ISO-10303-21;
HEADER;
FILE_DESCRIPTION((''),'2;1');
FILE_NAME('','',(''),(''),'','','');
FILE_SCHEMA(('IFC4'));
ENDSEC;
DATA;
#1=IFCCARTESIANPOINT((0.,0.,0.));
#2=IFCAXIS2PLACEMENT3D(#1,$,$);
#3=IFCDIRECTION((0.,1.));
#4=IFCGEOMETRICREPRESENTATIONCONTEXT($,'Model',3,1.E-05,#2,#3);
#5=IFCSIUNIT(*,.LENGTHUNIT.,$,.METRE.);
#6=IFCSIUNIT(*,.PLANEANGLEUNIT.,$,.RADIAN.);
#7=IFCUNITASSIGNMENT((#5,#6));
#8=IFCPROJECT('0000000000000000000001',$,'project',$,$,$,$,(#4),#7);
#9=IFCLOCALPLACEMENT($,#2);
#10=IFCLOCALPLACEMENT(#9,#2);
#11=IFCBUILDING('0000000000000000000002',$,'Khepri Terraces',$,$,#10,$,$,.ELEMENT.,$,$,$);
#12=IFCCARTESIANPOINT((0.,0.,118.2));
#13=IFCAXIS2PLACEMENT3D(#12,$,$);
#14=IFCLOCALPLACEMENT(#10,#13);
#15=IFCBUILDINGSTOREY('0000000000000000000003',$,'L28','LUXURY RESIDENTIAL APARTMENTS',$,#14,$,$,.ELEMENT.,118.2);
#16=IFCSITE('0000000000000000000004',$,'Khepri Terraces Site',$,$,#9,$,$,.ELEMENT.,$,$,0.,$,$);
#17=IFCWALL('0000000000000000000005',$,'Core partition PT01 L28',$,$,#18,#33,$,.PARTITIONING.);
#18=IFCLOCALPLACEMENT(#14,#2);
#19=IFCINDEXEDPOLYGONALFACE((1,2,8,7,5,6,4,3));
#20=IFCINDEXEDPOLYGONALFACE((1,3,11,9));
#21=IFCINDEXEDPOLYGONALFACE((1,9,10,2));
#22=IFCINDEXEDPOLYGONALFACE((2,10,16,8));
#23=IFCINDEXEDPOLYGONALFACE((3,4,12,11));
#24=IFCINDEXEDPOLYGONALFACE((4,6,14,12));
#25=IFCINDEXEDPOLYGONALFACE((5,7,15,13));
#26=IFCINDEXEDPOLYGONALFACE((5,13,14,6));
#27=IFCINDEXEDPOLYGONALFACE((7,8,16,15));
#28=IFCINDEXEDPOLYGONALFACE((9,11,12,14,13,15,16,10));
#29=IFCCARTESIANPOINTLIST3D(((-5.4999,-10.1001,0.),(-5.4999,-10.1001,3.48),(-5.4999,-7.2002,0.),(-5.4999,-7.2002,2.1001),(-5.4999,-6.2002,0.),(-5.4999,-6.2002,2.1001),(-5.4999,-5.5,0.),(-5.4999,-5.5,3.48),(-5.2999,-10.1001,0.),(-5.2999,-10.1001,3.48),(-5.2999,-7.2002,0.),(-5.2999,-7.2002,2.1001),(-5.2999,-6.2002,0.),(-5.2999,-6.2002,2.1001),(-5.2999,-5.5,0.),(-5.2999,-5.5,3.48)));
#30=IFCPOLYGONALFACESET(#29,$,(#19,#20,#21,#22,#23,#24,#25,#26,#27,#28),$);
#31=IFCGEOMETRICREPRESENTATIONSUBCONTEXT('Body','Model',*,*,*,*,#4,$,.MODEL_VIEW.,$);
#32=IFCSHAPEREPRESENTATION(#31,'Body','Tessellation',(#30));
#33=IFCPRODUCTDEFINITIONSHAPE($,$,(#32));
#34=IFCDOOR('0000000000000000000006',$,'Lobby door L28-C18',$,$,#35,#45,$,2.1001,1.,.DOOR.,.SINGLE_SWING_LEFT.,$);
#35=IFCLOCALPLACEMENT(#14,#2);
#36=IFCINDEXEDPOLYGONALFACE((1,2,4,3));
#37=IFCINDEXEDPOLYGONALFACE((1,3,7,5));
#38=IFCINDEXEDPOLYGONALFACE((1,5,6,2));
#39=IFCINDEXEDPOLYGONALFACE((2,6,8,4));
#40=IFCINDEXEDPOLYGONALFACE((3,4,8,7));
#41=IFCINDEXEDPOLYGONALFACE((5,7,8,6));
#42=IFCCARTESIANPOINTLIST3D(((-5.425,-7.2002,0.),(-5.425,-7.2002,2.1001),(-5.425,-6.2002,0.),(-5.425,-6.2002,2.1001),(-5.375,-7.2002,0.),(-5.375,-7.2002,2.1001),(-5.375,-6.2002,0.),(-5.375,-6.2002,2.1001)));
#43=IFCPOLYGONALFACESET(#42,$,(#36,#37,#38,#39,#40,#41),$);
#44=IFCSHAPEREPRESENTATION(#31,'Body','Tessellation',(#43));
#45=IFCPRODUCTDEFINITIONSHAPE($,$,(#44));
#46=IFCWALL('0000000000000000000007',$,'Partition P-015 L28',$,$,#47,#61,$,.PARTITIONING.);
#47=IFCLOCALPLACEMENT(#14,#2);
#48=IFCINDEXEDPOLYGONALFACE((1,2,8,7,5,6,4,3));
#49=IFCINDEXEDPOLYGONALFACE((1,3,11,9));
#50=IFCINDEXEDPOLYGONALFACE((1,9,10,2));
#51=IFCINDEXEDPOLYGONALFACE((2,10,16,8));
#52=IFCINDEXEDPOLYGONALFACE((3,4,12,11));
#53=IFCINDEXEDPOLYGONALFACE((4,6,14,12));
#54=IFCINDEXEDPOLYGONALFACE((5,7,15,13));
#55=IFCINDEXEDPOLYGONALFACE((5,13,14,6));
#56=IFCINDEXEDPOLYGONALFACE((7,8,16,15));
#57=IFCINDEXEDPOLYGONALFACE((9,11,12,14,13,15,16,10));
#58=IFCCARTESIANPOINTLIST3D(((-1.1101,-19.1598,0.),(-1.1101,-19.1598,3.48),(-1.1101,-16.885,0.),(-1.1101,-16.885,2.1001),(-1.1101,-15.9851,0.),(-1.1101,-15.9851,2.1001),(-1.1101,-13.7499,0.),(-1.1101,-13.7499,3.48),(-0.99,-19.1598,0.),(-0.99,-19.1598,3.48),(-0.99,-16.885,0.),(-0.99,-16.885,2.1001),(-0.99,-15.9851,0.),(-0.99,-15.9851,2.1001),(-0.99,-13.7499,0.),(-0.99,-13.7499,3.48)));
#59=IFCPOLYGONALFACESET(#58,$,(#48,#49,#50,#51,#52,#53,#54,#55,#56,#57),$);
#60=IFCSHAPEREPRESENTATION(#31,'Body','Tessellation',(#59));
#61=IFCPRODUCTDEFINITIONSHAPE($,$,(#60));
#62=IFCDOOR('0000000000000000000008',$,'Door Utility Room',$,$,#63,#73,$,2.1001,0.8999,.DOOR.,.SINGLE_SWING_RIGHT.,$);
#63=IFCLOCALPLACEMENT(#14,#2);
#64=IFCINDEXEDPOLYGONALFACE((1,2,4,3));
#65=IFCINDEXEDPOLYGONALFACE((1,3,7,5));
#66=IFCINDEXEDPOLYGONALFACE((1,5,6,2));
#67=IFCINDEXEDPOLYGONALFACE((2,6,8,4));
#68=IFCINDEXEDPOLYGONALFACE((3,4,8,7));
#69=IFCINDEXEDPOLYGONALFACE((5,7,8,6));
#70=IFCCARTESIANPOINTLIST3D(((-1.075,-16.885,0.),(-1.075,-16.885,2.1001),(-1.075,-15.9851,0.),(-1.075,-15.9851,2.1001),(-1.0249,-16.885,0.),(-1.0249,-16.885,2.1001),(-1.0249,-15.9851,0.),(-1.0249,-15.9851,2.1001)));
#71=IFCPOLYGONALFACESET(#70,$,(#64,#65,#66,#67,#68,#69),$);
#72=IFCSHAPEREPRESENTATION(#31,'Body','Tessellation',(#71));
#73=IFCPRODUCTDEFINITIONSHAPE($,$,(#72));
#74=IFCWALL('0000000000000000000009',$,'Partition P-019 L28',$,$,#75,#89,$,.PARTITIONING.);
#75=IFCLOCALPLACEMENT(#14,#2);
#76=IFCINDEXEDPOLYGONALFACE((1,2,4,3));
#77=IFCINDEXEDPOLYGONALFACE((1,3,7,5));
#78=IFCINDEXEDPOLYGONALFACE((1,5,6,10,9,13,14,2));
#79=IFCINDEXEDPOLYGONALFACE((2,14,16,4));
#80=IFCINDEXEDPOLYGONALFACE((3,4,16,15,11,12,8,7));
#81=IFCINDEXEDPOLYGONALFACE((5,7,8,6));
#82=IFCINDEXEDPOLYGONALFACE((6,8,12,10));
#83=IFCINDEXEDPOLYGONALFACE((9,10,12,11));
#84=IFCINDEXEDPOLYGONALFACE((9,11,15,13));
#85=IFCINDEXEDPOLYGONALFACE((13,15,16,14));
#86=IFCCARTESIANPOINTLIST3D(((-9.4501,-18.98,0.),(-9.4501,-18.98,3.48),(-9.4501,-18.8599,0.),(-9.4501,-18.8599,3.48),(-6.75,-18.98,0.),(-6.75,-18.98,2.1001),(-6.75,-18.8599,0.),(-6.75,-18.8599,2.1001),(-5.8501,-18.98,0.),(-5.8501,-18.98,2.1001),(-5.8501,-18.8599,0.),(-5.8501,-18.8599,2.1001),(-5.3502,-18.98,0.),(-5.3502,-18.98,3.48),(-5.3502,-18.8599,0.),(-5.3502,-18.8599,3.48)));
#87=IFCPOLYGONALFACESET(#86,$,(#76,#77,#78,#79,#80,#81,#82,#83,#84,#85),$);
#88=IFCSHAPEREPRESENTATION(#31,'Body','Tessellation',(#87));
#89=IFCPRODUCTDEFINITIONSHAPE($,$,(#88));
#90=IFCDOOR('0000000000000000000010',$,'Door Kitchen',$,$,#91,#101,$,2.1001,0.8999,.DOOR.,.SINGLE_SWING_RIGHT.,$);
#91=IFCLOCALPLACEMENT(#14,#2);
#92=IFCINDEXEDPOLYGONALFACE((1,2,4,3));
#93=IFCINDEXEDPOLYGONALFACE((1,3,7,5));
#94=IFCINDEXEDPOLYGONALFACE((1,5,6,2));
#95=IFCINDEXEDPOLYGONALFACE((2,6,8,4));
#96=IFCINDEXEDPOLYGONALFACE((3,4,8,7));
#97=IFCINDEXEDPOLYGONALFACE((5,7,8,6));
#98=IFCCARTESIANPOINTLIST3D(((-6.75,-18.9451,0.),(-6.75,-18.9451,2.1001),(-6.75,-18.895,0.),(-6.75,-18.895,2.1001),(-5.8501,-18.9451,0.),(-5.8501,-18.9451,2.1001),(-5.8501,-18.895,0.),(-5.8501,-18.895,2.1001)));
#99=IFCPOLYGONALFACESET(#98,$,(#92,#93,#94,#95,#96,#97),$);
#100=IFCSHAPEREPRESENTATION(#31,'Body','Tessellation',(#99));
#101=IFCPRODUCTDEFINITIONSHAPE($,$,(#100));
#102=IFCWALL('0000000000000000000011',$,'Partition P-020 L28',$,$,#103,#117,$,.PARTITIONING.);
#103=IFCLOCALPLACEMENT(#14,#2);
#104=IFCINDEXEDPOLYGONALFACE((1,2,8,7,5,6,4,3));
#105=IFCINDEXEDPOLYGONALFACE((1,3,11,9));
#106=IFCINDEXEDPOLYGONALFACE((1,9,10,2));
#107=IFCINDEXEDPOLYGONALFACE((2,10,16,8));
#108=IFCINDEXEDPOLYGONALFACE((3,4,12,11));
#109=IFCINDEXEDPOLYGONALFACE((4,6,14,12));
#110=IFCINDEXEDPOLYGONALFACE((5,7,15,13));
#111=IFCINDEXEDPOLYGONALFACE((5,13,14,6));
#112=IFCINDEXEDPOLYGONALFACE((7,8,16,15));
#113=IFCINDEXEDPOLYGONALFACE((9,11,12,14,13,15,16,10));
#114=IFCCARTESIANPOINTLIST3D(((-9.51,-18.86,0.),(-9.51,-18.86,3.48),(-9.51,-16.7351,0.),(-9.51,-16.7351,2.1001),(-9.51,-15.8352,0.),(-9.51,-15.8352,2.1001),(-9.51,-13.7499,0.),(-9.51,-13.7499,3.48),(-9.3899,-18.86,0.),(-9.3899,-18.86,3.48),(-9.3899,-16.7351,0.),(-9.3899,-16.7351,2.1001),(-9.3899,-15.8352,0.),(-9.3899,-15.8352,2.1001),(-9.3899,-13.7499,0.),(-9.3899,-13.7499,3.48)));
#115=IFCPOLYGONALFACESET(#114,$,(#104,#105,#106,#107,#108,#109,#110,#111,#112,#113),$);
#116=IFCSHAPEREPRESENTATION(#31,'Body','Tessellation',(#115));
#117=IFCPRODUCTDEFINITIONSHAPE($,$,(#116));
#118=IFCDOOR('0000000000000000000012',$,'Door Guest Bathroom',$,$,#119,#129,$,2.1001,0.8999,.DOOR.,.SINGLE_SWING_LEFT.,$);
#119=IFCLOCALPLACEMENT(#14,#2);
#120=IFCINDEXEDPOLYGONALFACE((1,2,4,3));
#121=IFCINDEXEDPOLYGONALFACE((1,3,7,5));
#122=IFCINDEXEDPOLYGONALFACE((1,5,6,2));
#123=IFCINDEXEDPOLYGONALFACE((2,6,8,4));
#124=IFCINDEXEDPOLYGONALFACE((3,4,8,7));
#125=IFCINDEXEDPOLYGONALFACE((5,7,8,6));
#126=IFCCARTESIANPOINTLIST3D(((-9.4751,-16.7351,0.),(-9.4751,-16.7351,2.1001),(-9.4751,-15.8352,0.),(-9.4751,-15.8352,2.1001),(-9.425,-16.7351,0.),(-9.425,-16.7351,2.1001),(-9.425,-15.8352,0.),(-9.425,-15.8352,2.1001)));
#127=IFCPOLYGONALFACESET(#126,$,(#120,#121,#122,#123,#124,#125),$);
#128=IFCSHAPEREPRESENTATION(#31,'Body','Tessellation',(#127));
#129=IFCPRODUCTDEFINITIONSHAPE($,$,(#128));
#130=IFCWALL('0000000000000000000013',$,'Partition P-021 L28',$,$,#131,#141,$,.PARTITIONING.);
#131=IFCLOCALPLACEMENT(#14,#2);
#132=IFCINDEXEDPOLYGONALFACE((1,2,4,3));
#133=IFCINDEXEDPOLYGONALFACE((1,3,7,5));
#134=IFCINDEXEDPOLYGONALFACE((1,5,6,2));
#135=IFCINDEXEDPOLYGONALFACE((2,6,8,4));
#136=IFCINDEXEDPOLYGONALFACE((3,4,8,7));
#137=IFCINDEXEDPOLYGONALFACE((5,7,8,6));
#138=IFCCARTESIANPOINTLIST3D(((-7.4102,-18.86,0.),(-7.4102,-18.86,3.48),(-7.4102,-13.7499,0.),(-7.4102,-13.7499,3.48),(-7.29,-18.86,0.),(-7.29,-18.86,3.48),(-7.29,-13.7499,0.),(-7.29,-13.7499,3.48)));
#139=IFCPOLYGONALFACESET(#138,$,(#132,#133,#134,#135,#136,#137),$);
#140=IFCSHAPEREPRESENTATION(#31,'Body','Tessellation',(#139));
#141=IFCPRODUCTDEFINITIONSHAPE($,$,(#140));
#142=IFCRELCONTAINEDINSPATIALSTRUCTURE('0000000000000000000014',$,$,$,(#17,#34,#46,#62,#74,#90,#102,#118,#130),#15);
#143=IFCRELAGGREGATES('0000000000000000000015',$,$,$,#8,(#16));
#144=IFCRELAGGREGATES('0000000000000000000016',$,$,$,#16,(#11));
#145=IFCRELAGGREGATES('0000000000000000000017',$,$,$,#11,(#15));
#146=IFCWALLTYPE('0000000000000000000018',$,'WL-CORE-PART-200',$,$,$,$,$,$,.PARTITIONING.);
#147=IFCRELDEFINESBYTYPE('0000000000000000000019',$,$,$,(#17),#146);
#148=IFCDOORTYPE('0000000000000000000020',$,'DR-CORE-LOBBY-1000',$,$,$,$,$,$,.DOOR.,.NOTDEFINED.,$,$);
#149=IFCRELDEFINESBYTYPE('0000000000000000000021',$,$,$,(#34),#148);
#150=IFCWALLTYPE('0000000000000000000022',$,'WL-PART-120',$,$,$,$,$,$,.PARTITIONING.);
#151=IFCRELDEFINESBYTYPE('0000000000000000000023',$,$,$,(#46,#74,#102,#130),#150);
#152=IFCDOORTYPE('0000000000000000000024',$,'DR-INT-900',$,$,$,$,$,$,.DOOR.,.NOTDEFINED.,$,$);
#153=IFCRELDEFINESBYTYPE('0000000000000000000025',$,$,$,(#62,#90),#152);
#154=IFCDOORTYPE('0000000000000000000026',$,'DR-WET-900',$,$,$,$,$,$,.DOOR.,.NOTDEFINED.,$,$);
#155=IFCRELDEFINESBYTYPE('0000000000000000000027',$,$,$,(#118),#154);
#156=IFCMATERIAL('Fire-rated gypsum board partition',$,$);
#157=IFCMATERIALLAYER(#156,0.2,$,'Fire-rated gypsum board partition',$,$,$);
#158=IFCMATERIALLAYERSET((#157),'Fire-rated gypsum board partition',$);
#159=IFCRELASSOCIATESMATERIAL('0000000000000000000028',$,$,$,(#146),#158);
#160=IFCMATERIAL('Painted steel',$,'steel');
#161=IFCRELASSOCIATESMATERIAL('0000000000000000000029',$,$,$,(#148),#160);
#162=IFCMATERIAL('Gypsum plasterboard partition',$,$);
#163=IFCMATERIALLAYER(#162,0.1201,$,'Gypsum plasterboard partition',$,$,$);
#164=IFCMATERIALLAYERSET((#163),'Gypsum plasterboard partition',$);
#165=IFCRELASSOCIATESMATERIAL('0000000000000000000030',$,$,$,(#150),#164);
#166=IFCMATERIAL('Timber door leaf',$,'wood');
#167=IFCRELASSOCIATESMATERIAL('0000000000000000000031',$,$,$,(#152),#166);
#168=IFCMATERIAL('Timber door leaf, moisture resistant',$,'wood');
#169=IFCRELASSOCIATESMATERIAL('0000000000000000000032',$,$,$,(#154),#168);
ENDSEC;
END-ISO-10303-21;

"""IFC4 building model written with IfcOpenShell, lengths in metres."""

from ifc_helpers import new_model, si_unit, direction, frame, frame_2d, origin, place, context, subcontext, project, spatial, rectangle, extrude, material, layer, layer_set, type_object, element, fill, save


model = new_model("IFC4")

# Units and contexts
model_context = context("Model", 3, precision=1e-05, world=origin(), true_north=direction((0.0, 1.0)))
body_context = subcontext(model_context, "Body", "Model", "MODEL_VIEW")
ifc_project = project(units=[si_unit("LENGTHUNIT", "METRE"), si_unit("PLANEANGLEUNIT", "RADIAN")], contexts=[model_context])

# Site, building, storey
site_placement = place(None, origin())
site = spatial("IfcSite", under=ifc_project, at=site_placement, Name="Khepri Terraces Site", CompositionType="ELEMENT", RefElevation=0.0)
building_placement = place(site_placement, origin())
building = spatial("IfcBuilding", under=site, at=building_placement, Name="Khepri Terraces", CompositionType="ELEMENT")
storey_placement = place(building_placement, frame((0.0, 0.0, 118.2)))
storey = spatial("IfcBuildingStorey", under=building, at=storey_placement, Name="L28", Description="LUXURY RESIDENTIAL APARTMENTS", CompositionType="ELEMENT", Elevation=118.2)

# Walls, openings, doors
ifc_material_1 = material(Name="Fire-rated gypsum board partition")
ifc_layer_1 = layer(ifc_material_1, 0.2, Name="Fire-rated gypsum board partition")
ifc_layer_set_1 = layer_set([ifc_layer_1], Name="Fire-rated gypsum board partition")
wall_type_1 = type_object("IfcWallType", Name="WL-CORE-PART-200", PredefinedType="PARTITIONING", material=ifc_layer_set_1)
wall_1_placement = place(storey_placement, frame((-5.3999, -10.1001, 0.0), z_axis=(0.0, 0.0, 1.0), x_axis=(0.0, 1.0, 0.0)))
wall_1 = element("IfcWall", 1, at=wall_1_placement, inside=storey, type_object=wall_type_1, Name="Core partition PT01 L28", PredefinedType="PARTITIONING", context=body_context, shape_type="SweptSolid", body=[
    extrude(rectangle(XDim=4.6001, YDim=0.2, at=frame_2d((2.3, 0.0))), origin(), (0.0, 0.0, 1.0), 3.48),
])
opening_1_placement = place(wall_1_placement, frame((2.8999, 0.0, 0.0)))
opening_1 = element("IfcOpeningElement", 2, at=opening_1_placement, cuts=wall_1, PredefinedType="OPENING", context=body_context, shape_type="SweptSolid", body=[
    extrude(rectangle(XDim=1.0, YDim=2.1001, at=frame_2d((0.5, 1.05))), frame((0.0, 0.1099, 0.0), z_axis=(0.0, -1.0, 0.0), x_axis=(1.0, 0.0, 0.0)), (0.0, 0.0, 1.0), 0.22),
])
ifc_material_2 = material(Name="Painted steel", Category="steel")
door_type_1 = type_object("IfcDoorType", Name="DR-CORE-LOBBY-1000", OperationType="NOTDEFINED", PredefinedType="DOOR", material=ifc_material_2)
door_1_placement = place(opening_1_placement, frame((1.0, 0.0, 0.0), z_axis=(0.0, 0.0, 1.0), x_axis=(-1.0, 0.0, 0.0)))
door_1 = element("IfcDoor", 3, at=door_1_placement, inside=storey, type_object=door_type_1, Name="Lobby door L28-C18", OperationType="SINGLE_SWING_LEFT", OverallHeight=2.1001, OverallWidth=1.0, PredefinedType="DOOR", context=body_context, shape_type="SweptSolid", body=[
    extrude(rectangle(XDim=1.0, YDim=2.1001, at=frame_2d((0.5, 1.05))), frame((0.0, 0.0249, 0.0), z_axis=(0.0, -1.0, 0.0), x_axis=(1.0, 0.0, 0.0)), (0.0, 0.0, 1.0), 0.05),
])
fill(opening_1, door_1)
ifc_material_3 = material(Name="Gypsum plasterboard partition")
ifc_layer_2 = layer(ifc_material_3, 0.1201, Name="Gypsum plasterboard partition")
ifc_layer_set_2 = layer_set([ifc_layer_2], Name="Gypsum plasterboard partition")
wall_type_2 = type_object("IfcWallType", Name="WL-PART-120", PredefinedType="PARTITIONING", material=ifc_layer_set_2)
wall_2_placement = place(storey_placement, frame((-1.05, -19.1599, 0.0), z_axis=(0.0, 0.0, 1.0), x_axis=(0.0, 1.0, 0.0)))
wall_2 = element("IfcWall", 4, at=wall_2_placement, inside=storey, type_object=wall_type_2, Name="Partition P-015 L28", PredefinedType="PARTITIONING", context=body_context, shape_type="SweptSolid", body=[
    extrude(rectangle(XDim=5.4099, YDim=0.1201, at=frame_2d((2.7051, 0.0))), origin(), (0.0, 0.0, 1.0), 3.48),
])
opening_2_placement = place(wall_2_placement, frame((2.2749, 0.0, 0.0)))
opening_2 = element("IfcOpeningElement", 5, at=opening_2_placement, cuts=wall_2, PredefinedType="OPENING", context=body_context, shape_type="SweptSolid", body=[
    extrude(rectangle(XDim=0.8999, YDim=2.1001, at=frame_2d((0.45, 1.05))), frame((0.0, 0.0701, 0.0), z_axis=(0.0, -1.0, 0.0), x_axis=(1.0, 0.0, 0.0)), (0.0, 0.0, 1.0), 0.1401),
])
ifc_material_4 = material(Name="Timber door leaf", Category="wood")
door_type_2 = type_object("IfcDoorType", Name="DR-INT-900", OperationType="NOTDEFINED", PredefinedType="DOOR", material=ifc_material_4)
door_2_placement = place(opening_2_placement, origin())
door_2 = element("IfcDoor", 6, at=door_2_placement, inside=storey, type_object=door_type_2, Name="Door Utility Room", OperationType="SINGLE_SWING_RIGHT", OverallHeight=2.1001, OverallWidth=0.8999, PredefinedType="DOOR", context=body_context, shape_type="SweptSolid", body=[
    extrude(rectangle(XDim=0.8999, YDim=2.1001, at=frame_2d((0.45, 1.05))), frame((0.0, 0.0249, 0.0), z_axis=(0.0, -1.0, 0.0), x_axis=(1.0, 0.0, 0.0)), (0.0, 0.0, 1.0), 0.05),
])
fill(opening_2, door_2)
wall_3_placement = place(storey_placement, frame((-9.45, -18.9199, 0.0), z_axis=(0.0, 0.0, 1.0), x_axis=(1.0, 0.0, 0.0)))
wall_3 = element("IfcWall", 7, at=wall_3_placement, inside=storey, type_object=wall_type_2, Name="Partition P-019 L28", PredefinedType="PARTITIONING", context=body_context, shape_type="SweptSolid", body=[
    extrude(rectangle(XDim=4.0999, YDim=0.1201, at=frame_2d((2.0498, 0.0))), origin(), (0.0, 0.0, 1.0), 3.48),
])
opening_3_placement = place(wall_3_placement, frame((2.7, 0.0, 0.0)))
opening_3 = element("IfcOpeningElement", 8, at=opening_3_placement, cuts=wall_3, PredefinedType="OPENING", context=body_context, shape_type="SweptSolid", body=[
    extrude(rectangle(XDim=0.8999, YDim=2.1001, at=frame_2d((0.45, 1.05))), frame((0.0, 0.0701, 0.0), z_axis=(0.0, -1.0, 0.0), x_axis=(1.0, 0.0, 0.0)), (0.0, 0.0, 1.0), 0.1401),
])
door_3_placement = place(opening_3_placement, origin())
door_3 = element("IfcDoor", 9, at=door_3_placement, inside=storey, type_object=door_type_2, Name="Door Kitchen", OperationType="SINGLE_SWING_RIGHT", OverallHeight=2.1001, OverallWidth=0.8999, PredefinedType="DOOR", context=body_context, shape_type="SweptSolid", body=[
    extrude(rectangle(XDim=0.8999, YDim=2.1001, at=frame_2d((0.45, 1.05))), frame((0.0, 0.0249, 0.0), z_axis=(0.0, -1.0, 0.0), x_axis=(1.0, 0.0, 0.0)), (0.0, 0.0, 1.0), 0.05),
])
fill(opening_3, door_3)
wall_4_placement = place(storey_placement, frame((-9.45, -18.8601, 0.0), z_axis=(0.0, 0.0, 1.0), x_axis=(0.0, 1.0, 0.0)))
wall_4 = element("IfcWall", 10, at=wall_4_placement, inside=storey, type_object=wall_type_2, Name="Partition P-020 L28", PredefinedType="PARTITIONING", context=body_context, shape_type="SweptSolid", body=[
    extrude(rectangle(XDim=5.1101, YDim=0.1201, at=frame_2d((2.5552, 0.0))), origin(), (0.0, 0.0, 1.0), 3.48),
])
opening_4_placement = place(wall_4_placement, frame((2.125, 0.0, 0.0)))
opening_4 = element("IfcOpeningElement", 11, at=opening_4_placement, cuts=wall_4, PredefinedType="OPENING", context=body_context, shape_type="SweptSolid", body=[
    extrude(rectangle(XDim=0.8999, YDim=2.1001, at=frame_2d((0.45, 1.05))), frame((0.0, 0.0701, 0.0), z_axis=(0.0, -1.0, 0.0), x_axis=(1.0, 0.0, 0.0)), (0.0, 0.0, 1.0), 0.1401),
])
ifc_material_5 = material(Name="Timber door leaf, moisture resistant", Category="wood")
door_type_3 = type_object("IfcDoorType", Name="DR-WET-900", OperationType="NOTDEFINED", PredefinedType="DOOR", material=ifc_material_5)
door_4_placement = place(opening_4_placement, frame((0.8999, 0.0, 0.0), z_axis=(0.0, 0.0, 1.0), x_axis=(-1.0, 0.0, 0.0)))
door_4 = element("IfcDoor", 12, at=door_4_placement, inside=storey, type_object=door_type_3, Name="Door Guest Bathroom", OperationType="SINGLE_SWING_LEFT", OverallHeight=2.1001, OverallWidth=0.8999, PredefinedType="DOOR", context=body_context, shape_type="SweptSolid", body=[
    extrude(rectangle(XDim=0.8999, YDim=2.1001, at=frame_2d((0.45, 1.05))), frame((0.0, 0.0249, 0.0), z_axis=(0.0, -1.0, 0.0), x_axis=(1.0, 0.0, 0.0)), (0.0, 0.0, 1.0), 0.05),
])
fill(opening_4, door_4)

# Wall
wall_5_placement = place(storey_placement, frame((-7.3501, -18.8601, 0.0), z_axis=(0.0, 0.0, 1.0), x_axis=(0.0, 1.0, 0.0)))
element("IfcWall", 13, at=wall_5_placement, inside=storey, type_object=wall_type_2, Name="Partition P-021 L28", PredefinedType="PARTITIONING", context=body_context, shape_type="SweptSolid", body=[
    extrude(rectangle(XDim=5.1101, YDim=0.1201, at=frame_2d((2.5552, 0.0))), origin(), (0.0, 0.0, 1.0), 3.48),
])

save(model, "model.ifc")
